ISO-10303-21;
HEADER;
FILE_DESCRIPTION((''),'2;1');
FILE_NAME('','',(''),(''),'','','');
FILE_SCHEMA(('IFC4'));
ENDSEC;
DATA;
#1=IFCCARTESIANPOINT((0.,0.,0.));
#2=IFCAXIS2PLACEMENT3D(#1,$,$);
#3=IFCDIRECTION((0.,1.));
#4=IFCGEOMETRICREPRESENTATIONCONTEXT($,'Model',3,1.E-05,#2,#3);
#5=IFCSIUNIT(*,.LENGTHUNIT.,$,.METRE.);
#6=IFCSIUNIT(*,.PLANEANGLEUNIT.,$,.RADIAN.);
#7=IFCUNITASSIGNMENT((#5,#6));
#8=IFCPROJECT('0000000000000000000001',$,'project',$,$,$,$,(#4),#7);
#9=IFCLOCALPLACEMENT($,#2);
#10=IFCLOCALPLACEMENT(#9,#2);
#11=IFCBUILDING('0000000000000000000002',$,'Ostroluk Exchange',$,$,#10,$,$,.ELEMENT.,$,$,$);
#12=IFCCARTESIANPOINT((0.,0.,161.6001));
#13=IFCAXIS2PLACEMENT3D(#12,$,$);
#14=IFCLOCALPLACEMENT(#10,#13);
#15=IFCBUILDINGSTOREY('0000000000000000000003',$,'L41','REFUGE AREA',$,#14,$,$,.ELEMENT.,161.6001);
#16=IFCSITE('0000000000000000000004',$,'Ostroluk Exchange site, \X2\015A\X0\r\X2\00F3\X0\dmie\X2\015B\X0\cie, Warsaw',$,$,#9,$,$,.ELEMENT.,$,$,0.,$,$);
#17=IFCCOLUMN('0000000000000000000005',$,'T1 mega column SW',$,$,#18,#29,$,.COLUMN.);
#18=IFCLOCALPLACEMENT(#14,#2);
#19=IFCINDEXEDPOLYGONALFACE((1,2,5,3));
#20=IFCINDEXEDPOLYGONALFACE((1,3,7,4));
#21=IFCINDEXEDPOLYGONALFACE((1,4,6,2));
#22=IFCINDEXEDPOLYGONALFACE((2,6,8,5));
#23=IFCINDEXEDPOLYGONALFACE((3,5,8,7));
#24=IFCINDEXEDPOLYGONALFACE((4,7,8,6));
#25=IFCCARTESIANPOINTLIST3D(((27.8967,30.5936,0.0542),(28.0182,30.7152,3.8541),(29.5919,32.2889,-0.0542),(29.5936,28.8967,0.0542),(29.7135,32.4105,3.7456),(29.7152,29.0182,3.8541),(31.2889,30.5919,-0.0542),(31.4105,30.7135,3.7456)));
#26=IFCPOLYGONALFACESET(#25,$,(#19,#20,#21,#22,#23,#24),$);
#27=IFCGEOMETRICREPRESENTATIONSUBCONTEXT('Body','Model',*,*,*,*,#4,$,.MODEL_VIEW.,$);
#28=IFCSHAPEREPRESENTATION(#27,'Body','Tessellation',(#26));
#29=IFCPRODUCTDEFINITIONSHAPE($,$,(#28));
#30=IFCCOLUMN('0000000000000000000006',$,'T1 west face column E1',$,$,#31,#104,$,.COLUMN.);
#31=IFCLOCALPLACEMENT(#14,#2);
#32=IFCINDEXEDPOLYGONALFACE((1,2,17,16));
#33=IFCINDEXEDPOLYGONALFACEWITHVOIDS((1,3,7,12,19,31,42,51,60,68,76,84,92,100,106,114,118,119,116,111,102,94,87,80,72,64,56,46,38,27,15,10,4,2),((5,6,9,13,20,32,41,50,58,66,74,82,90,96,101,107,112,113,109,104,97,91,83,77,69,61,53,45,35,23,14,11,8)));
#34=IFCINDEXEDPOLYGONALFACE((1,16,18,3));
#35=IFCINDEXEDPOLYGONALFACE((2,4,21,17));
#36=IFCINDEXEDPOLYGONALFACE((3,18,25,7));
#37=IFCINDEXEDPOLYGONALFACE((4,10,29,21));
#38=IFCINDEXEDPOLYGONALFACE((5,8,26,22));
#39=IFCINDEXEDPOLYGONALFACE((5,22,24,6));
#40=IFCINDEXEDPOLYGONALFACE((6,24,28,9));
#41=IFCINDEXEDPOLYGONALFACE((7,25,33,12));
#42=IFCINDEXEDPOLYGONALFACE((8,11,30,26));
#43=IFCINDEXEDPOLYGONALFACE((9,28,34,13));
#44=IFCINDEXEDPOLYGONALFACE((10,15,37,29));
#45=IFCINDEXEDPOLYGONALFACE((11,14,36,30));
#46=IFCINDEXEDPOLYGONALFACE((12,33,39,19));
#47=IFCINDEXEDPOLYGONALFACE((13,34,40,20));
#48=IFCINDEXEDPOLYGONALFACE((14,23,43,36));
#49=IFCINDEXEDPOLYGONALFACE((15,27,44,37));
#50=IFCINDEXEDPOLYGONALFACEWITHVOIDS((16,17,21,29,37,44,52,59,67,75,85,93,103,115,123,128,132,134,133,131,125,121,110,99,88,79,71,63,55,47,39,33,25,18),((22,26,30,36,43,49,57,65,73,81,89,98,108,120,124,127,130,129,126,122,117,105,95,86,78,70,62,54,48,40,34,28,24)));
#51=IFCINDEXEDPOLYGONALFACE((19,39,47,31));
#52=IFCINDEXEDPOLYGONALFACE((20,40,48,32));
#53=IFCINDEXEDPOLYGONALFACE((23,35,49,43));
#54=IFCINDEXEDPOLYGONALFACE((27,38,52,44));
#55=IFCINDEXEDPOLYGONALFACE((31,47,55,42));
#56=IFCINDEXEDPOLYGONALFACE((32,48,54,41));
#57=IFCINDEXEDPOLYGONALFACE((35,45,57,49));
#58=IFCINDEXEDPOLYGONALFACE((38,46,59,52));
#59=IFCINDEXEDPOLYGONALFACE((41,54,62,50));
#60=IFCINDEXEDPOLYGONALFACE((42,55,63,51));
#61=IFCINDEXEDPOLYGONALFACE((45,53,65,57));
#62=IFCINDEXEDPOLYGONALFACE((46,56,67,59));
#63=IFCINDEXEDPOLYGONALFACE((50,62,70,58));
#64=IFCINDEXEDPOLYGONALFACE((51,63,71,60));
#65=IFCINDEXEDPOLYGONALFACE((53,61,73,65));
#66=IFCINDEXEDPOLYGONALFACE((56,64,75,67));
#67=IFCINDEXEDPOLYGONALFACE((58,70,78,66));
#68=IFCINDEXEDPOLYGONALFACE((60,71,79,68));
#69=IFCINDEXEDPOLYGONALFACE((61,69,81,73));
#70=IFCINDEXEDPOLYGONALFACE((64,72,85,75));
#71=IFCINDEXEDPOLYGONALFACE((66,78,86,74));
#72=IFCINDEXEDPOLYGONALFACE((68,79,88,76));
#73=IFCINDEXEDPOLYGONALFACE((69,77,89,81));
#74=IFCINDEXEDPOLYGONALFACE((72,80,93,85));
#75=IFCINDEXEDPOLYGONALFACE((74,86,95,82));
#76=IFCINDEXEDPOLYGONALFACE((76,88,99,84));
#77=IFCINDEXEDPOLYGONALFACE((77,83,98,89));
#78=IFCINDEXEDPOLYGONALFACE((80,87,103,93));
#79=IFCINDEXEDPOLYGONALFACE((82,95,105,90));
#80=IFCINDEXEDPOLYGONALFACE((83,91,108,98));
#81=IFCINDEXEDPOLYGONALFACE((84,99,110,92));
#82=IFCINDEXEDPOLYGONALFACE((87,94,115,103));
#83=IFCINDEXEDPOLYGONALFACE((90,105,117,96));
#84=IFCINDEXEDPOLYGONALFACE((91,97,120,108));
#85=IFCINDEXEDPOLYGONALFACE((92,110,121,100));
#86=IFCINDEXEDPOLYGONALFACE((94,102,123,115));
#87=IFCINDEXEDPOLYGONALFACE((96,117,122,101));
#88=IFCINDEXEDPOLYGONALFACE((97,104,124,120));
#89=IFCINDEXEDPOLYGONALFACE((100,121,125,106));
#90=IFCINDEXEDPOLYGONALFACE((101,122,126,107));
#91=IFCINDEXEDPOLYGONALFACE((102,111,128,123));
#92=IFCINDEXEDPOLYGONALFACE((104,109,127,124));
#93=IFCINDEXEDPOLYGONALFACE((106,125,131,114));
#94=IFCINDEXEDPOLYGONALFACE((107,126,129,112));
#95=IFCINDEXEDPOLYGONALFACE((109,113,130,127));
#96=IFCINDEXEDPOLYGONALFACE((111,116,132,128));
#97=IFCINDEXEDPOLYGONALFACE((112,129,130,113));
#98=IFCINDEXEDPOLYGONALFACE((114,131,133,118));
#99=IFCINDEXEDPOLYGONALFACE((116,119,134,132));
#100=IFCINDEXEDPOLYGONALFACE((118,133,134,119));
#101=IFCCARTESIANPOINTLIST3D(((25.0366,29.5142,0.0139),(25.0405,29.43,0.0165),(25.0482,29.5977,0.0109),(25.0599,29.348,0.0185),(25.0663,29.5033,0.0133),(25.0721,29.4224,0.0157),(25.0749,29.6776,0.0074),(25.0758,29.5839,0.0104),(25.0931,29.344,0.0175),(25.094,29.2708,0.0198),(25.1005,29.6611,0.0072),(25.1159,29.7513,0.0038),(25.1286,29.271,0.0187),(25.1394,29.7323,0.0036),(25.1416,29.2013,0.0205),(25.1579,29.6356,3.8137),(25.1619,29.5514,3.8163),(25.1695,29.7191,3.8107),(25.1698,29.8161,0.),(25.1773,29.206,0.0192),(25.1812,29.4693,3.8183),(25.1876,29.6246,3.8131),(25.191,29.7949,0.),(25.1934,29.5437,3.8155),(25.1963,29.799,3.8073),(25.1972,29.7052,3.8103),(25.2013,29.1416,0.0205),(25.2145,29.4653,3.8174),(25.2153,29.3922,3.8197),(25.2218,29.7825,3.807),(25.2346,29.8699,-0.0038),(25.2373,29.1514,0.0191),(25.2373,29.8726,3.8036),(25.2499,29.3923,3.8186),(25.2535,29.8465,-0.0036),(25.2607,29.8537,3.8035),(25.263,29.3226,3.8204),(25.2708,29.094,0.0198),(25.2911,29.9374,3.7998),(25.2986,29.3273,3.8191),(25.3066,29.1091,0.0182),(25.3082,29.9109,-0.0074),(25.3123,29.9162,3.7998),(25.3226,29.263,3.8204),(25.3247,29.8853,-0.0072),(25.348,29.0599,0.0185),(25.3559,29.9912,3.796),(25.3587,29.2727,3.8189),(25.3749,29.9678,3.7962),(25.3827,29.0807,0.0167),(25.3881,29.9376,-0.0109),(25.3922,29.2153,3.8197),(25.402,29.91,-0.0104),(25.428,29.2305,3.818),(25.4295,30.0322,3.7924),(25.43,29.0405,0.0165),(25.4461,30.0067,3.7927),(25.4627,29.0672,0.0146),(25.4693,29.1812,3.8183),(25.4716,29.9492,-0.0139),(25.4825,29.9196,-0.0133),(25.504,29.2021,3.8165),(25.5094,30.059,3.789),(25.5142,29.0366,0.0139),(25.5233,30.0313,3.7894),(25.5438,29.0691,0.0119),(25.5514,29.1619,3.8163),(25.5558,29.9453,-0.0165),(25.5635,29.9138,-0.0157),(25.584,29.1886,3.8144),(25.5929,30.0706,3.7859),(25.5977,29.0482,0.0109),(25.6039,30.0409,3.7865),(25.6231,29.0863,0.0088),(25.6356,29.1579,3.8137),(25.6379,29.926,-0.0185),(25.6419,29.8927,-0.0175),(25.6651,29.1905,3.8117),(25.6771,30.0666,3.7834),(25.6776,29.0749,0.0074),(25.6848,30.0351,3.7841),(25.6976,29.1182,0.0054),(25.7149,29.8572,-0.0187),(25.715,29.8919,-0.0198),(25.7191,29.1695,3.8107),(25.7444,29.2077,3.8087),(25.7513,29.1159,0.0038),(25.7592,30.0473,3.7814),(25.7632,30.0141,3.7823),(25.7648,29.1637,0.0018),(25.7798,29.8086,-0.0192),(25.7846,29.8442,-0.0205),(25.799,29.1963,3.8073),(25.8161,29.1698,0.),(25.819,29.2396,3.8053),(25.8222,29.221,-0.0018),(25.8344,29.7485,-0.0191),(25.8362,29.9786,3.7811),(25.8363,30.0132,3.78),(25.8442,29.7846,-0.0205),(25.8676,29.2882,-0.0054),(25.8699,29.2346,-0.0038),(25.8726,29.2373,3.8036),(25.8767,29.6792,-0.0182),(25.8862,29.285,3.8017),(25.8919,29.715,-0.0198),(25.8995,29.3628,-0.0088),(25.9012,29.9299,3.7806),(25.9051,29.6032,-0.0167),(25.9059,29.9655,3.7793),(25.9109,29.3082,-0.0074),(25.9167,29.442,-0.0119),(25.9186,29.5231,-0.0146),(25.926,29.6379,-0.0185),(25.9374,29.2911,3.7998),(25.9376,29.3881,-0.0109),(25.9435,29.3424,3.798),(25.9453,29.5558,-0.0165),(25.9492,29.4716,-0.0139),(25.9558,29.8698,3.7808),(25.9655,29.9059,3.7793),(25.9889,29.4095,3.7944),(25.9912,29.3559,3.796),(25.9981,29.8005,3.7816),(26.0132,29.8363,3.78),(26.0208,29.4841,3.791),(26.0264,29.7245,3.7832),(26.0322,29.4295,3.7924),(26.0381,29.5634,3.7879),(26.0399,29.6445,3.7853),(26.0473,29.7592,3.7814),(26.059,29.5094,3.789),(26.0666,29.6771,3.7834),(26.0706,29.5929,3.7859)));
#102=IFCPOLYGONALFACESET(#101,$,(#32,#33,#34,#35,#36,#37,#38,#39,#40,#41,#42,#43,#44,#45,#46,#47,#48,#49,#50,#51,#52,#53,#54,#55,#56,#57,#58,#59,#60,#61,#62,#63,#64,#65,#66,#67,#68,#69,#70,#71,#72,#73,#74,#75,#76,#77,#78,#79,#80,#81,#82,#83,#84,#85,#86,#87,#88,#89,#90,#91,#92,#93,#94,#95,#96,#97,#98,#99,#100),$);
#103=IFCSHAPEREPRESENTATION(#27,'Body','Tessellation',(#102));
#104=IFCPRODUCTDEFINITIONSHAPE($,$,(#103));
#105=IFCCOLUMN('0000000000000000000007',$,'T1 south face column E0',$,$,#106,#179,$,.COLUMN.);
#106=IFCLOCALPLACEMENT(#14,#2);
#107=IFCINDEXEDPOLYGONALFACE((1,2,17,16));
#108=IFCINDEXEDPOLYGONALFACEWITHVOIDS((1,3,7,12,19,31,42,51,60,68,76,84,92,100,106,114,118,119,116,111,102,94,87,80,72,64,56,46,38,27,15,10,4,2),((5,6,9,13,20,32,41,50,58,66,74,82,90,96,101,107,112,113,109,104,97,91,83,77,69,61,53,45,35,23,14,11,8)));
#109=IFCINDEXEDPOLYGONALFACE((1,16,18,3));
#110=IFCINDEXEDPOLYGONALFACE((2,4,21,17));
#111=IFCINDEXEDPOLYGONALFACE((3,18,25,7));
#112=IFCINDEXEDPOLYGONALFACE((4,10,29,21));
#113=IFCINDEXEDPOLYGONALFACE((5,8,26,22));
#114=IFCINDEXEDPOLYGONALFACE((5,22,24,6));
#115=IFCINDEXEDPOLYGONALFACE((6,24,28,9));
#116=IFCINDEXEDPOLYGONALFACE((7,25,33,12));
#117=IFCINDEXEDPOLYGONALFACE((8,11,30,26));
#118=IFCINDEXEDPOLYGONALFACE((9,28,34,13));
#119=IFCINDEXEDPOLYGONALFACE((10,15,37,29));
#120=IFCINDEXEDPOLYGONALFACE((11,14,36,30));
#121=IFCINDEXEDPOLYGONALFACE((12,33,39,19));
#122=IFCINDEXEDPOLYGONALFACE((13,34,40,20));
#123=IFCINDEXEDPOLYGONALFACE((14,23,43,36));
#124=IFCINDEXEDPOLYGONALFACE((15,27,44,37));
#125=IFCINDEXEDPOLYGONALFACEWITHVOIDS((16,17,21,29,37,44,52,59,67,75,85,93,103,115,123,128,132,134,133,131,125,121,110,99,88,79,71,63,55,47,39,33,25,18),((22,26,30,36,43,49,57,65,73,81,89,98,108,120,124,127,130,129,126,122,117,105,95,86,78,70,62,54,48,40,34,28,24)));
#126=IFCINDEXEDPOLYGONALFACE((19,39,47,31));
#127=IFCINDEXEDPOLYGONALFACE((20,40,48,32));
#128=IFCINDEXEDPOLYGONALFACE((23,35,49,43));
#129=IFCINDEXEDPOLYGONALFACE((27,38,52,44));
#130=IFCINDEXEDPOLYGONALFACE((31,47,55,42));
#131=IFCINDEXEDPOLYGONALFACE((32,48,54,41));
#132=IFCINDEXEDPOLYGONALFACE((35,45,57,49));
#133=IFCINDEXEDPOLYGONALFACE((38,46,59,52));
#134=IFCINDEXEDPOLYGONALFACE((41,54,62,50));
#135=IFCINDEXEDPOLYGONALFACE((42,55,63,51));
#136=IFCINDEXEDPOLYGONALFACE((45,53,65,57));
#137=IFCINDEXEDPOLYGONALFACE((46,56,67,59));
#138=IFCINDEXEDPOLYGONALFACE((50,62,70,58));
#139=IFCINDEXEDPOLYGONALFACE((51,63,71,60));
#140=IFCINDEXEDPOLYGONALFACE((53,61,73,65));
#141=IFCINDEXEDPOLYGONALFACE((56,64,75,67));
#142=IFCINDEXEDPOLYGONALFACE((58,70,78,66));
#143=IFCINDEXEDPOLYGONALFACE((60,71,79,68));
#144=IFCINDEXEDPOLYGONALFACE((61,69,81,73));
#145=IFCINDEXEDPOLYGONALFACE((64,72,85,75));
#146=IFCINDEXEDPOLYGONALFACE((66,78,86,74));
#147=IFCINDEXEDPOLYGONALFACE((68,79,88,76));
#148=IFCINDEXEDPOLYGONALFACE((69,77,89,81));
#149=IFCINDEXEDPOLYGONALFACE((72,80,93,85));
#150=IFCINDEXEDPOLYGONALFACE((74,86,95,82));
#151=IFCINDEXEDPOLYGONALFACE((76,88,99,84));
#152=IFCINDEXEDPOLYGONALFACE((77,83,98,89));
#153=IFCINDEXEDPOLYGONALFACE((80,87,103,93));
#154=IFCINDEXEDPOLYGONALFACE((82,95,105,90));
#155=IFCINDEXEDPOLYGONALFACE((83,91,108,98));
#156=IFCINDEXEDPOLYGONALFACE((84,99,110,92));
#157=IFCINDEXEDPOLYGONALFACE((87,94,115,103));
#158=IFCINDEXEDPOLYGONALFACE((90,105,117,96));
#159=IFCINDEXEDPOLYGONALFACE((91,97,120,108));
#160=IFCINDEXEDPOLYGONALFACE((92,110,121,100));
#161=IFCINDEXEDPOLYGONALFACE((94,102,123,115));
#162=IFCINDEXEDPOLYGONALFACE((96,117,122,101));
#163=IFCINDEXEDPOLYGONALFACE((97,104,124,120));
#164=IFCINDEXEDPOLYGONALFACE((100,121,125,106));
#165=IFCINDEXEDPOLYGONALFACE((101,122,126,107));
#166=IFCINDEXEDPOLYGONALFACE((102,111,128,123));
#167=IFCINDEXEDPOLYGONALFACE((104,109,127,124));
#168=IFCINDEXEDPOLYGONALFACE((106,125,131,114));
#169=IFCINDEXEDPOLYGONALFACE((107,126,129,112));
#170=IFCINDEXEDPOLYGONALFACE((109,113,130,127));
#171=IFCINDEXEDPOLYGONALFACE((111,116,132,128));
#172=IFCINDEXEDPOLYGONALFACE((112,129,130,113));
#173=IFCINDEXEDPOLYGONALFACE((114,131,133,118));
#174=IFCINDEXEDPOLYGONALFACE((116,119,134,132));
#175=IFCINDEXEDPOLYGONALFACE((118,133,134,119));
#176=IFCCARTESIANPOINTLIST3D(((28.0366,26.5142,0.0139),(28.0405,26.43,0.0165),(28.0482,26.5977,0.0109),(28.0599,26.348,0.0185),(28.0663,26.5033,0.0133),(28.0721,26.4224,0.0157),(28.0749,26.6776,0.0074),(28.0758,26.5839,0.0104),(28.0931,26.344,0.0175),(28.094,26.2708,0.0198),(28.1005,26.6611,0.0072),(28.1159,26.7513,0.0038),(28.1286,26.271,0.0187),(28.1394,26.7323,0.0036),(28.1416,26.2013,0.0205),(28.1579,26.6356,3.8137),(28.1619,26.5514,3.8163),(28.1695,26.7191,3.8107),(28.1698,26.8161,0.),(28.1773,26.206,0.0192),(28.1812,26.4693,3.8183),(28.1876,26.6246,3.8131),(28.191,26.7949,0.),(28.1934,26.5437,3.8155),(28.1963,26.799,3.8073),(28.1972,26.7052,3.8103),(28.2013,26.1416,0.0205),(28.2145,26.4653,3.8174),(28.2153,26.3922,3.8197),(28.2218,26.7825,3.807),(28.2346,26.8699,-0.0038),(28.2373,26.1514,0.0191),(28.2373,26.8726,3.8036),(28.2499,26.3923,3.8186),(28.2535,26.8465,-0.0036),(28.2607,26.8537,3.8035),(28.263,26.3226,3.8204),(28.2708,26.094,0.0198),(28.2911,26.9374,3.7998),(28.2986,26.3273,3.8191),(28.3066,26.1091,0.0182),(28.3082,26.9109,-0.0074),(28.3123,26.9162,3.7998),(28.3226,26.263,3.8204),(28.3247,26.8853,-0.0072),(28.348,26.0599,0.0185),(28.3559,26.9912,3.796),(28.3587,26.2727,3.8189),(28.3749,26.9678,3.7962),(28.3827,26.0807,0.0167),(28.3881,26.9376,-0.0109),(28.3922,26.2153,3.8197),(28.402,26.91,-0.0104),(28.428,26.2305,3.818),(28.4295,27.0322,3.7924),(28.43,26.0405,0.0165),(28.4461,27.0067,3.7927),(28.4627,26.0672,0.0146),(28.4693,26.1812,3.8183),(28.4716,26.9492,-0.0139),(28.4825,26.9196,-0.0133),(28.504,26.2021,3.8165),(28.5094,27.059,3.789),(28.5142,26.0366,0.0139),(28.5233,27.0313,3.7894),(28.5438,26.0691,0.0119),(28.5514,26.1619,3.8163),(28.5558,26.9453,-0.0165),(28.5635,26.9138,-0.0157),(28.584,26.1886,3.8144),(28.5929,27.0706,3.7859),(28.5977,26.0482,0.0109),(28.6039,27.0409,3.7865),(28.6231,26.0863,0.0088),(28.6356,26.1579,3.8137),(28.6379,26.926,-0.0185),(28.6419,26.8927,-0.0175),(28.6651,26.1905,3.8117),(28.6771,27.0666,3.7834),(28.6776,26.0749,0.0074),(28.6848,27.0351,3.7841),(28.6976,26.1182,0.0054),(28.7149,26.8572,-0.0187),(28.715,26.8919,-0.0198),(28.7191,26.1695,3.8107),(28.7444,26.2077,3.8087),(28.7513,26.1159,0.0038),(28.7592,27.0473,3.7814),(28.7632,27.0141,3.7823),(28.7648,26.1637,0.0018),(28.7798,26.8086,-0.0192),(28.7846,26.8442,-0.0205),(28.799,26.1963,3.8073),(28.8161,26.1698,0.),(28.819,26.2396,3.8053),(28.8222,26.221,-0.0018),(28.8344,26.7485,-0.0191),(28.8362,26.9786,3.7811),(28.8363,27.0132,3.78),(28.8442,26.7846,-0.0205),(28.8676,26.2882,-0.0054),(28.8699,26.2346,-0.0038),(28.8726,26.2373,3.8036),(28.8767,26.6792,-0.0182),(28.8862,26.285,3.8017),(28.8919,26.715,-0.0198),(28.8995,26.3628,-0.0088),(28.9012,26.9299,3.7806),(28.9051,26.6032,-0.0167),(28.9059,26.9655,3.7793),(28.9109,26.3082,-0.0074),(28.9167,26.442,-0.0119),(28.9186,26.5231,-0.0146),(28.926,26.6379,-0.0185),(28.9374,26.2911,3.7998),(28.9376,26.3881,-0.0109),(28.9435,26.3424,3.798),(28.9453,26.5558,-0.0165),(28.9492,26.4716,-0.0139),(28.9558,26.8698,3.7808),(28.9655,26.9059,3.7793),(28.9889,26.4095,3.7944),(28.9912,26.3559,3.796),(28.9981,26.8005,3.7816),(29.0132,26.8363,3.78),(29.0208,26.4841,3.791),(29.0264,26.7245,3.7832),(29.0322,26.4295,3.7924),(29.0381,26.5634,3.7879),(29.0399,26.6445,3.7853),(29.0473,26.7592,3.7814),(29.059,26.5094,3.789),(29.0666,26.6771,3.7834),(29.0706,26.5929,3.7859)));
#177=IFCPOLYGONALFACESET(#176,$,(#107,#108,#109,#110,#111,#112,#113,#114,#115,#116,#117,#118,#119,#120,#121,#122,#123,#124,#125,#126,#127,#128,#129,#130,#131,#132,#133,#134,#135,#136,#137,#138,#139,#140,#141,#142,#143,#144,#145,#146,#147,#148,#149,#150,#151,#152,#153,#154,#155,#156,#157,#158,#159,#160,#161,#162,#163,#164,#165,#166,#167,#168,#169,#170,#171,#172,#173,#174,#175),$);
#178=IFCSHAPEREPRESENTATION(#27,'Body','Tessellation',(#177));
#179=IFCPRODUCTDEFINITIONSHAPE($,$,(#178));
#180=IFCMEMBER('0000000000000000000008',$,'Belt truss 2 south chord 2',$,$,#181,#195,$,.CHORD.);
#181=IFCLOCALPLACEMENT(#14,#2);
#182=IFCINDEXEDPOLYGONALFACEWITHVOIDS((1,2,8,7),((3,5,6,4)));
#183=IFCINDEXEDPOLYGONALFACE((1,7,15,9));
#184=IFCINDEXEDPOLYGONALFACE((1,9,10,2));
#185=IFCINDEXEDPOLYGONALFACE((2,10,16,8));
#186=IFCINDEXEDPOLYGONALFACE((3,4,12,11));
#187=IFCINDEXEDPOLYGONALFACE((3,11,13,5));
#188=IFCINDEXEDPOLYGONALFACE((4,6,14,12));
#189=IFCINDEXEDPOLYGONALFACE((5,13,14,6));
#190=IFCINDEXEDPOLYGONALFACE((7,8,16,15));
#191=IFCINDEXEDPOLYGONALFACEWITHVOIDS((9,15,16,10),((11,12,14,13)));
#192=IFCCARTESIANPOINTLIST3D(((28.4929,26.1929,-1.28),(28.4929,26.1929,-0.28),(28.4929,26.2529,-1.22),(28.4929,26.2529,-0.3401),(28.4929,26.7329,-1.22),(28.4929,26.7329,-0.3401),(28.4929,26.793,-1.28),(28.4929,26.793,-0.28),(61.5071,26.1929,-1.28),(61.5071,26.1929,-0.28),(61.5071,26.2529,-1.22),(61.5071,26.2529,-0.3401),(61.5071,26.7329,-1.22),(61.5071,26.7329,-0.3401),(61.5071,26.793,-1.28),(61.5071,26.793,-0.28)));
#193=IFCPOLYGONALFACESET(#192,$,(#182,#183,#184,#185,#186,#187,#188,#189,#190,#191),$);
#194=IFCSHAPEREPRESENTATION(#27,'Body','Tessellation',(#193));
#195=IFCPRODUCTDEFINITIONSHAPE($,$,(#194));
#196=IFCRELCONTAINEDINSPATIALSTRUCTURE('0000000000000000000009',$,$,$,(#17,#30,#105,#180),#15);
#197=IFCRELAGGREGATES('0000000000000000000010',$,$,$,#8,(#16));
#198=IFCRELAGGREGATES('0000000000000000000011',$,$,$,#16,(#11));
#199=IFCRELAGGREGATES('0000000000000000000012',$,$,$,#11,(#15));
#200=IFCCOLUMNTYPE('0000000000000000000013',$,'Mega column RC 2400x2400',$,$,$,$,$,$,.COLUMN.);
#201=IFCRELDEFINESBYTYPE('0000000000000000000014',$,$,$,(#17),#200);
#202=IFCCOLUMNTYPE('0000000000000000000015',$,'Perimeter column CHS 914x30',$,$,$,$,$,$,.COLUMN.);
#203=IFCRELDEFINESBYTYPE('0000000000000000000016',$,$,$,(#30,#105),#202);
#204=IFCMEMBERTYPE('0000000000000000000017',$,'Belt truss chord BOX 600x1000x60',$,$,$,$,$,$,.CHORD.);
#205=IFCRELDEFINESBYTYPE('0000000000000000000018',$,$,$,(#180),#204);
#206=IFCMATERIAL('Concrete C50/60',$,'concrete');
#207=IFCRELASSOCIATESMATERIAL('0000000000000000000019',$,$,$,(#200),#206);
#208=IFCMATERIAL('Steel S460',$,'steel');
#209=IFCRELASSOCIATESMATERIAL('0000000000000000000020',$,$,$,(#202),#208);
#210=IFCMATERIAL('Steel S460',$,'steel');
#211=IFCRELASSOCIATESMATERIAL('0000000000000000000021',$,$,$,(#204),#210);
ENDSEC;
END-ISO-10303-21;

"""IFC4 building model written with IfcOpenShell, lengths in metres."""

from ifc_helpers import new_model, si_unit, direction, frame, origin, origin_2d, place, context, subcontext, project, spatial, rectangle, hollow_rectangle, hollow_circle, extrude, material, material_profile, profile_set, type_object, element, save


model = new_model("IFC4")

# Units and contexts
model_context = context("Model", 3, precision=1e-05, world=origin(), true_north=direction((0.0, 1.0)))
body_context = subcontext(model_context, "Body", "Model", "MODEL_VIEW")
ifc_project = project(units=[si_unit("LENGTHUNIT", "METRE"), si_unit("PLANEANGLEUNIT", "RADIAN")], contexts=[model_context])

# Site, building, storey
site_placement = place(None, origin())
site = spatial("IfcSite", under=ifc_project, at=site_placement, Name="Ostroluk Exchange site, Śródmieście, Warsaw", CompositionType="ELEMENT", RefElevation=0.0)
building_placement = place(site_placement, origin())
building = spatial("IfcBuilding", under=site, at=building_placement, Name="Ostroluk Exchange", CompositionType="ELEMENT")
storey_placement = place(building_placement, frame((0.0, 0.0, 161.6001)))
storey = spatial("IfcBuildingStorey", under=building, at=storey_placement, Name="L41", Description="REFUGE AREA", CompositionType="ELEMENT", Elevation=161.6001)

# Columns
ifc_material_1 = material(Name="Concrete C50/60", Category="concrete")
ifc_material_profile_1 = material_profile(ifc_material_1, rectangle(XDim=2.3999, YDim=2.3999, at=origin_2d()), Name="RC 2400x2400")
ifc_profile_set_1 = profile_set([ifc_material_profile_1], Name="Concrete C50/60")
column_type_1 = type_object("IfcColumnType", Name="Mega column RC 2400x2400", PredefinedType="COLUMN", material=ifc_profile_set_1)
column_placement = place(storey_placement, frame((29.5928, 30.5928, 0.0), z_axis=(0.031964, 0.031964, 0.998978), x_axis=(-0.707107, 0.707107, 0.0)))
element("IfcColumn", 1, at=column_placement, inside=storey, type_object=column_type_1, Name="T1 mega column SW", PredefinedType="COLUMN", context=body_context, shape_type="SweptSolid", body=[
    extrude(rectangle(XDim=2.3999, YDim=2.3999, at=origin_2d()), origin(), (0.0, 0.0, 1.0), 3.8037),
])
ifc_material_2 = material(Name="Steel S460", Category="steel")
ifc_material_profile_2 = material_profile(ifc_material_2, hollow_circle(Radius=0.457, WallThickness=0.03, at=origin_2d()), Name="CHS 914x30")
ifc_profile_set_2 = profile_set([ifc_material_profile_2], Name="Steel S460")
column_type_2 = type_object("IfcColumnType", Name="Perimeter column CHS 914x30", PredefinedType="COLUMN", material=ifc_profile_set_2)
for number, where, z_axis, x_axis, name in (
    (2, (25.4929, 29.4929, 0.0), (0.0319, 0.0319, 0.998982), (-0.707107, 0.707107, 0.0), "T1 west face column E1"),
    (3, (28.4929, 26.4929, 0.0), (0.0319, 0.0319, 0.998982), (-0.707107, 0.707107, 0.0), "T1 south face column E0"),
):
    element("IfcColumn", number, at=place(storey_placement, frame(where, z_axis=z_axis, x_axis=x_axis)), inside=storey, type_object=column_type_2, Name=name, PredefinedType="COLUMN", context=body_context, shape_type="SweptSolid", body=[
        extrude(hollow_circle(Radius=0.457, WallThickness=0.03, at=origin_2d()), origin(), (0.0, 0.0, 1.0), 3.8037),
    ])

# Member
ifc_material_3 = material(Name="Steel S460", Category="steel")
ifc_material_profile_3 = material_profile(ifc_material_3, hollow_rectangle(XDim=0.6001, YDim=1.0, WallThickness=0.0601, at=origin_2d()), Name="BOX 600x1000x60")
ifc_profile_set_3 = profile_set([ifc_material_profile_3], Name="Steel S460")
member_type_1 = type_object("IfcMemberType", Name="Belt truss chord BOX 600x1000x60", PredefinedType="CHORD", material=ifc_profile_set_3)
member_1_placement = place(storey_placement, frame((28.4929, 26.4929, -0.78), z_axis=(1.0, 0.0, 0.0), x_axis=(0.0, 1.0, 0.0)))
element("IfcMember", 4, at=member_1_placement, inside=storey, type_object=member_type_1, Name="Belt truss 2 south chord 2", PredefinedType="CHORD", context=body_context, shape_type="SweptSolid", body=[
    extrude(hollow_rectangle(XDim=0.6001, YDim=1.0, WallThickness=0.0601, at=origin_2d()), origin(), (0.0, 0.0, 1.0), 33.0142),
])

save(model, "model.ifc")
